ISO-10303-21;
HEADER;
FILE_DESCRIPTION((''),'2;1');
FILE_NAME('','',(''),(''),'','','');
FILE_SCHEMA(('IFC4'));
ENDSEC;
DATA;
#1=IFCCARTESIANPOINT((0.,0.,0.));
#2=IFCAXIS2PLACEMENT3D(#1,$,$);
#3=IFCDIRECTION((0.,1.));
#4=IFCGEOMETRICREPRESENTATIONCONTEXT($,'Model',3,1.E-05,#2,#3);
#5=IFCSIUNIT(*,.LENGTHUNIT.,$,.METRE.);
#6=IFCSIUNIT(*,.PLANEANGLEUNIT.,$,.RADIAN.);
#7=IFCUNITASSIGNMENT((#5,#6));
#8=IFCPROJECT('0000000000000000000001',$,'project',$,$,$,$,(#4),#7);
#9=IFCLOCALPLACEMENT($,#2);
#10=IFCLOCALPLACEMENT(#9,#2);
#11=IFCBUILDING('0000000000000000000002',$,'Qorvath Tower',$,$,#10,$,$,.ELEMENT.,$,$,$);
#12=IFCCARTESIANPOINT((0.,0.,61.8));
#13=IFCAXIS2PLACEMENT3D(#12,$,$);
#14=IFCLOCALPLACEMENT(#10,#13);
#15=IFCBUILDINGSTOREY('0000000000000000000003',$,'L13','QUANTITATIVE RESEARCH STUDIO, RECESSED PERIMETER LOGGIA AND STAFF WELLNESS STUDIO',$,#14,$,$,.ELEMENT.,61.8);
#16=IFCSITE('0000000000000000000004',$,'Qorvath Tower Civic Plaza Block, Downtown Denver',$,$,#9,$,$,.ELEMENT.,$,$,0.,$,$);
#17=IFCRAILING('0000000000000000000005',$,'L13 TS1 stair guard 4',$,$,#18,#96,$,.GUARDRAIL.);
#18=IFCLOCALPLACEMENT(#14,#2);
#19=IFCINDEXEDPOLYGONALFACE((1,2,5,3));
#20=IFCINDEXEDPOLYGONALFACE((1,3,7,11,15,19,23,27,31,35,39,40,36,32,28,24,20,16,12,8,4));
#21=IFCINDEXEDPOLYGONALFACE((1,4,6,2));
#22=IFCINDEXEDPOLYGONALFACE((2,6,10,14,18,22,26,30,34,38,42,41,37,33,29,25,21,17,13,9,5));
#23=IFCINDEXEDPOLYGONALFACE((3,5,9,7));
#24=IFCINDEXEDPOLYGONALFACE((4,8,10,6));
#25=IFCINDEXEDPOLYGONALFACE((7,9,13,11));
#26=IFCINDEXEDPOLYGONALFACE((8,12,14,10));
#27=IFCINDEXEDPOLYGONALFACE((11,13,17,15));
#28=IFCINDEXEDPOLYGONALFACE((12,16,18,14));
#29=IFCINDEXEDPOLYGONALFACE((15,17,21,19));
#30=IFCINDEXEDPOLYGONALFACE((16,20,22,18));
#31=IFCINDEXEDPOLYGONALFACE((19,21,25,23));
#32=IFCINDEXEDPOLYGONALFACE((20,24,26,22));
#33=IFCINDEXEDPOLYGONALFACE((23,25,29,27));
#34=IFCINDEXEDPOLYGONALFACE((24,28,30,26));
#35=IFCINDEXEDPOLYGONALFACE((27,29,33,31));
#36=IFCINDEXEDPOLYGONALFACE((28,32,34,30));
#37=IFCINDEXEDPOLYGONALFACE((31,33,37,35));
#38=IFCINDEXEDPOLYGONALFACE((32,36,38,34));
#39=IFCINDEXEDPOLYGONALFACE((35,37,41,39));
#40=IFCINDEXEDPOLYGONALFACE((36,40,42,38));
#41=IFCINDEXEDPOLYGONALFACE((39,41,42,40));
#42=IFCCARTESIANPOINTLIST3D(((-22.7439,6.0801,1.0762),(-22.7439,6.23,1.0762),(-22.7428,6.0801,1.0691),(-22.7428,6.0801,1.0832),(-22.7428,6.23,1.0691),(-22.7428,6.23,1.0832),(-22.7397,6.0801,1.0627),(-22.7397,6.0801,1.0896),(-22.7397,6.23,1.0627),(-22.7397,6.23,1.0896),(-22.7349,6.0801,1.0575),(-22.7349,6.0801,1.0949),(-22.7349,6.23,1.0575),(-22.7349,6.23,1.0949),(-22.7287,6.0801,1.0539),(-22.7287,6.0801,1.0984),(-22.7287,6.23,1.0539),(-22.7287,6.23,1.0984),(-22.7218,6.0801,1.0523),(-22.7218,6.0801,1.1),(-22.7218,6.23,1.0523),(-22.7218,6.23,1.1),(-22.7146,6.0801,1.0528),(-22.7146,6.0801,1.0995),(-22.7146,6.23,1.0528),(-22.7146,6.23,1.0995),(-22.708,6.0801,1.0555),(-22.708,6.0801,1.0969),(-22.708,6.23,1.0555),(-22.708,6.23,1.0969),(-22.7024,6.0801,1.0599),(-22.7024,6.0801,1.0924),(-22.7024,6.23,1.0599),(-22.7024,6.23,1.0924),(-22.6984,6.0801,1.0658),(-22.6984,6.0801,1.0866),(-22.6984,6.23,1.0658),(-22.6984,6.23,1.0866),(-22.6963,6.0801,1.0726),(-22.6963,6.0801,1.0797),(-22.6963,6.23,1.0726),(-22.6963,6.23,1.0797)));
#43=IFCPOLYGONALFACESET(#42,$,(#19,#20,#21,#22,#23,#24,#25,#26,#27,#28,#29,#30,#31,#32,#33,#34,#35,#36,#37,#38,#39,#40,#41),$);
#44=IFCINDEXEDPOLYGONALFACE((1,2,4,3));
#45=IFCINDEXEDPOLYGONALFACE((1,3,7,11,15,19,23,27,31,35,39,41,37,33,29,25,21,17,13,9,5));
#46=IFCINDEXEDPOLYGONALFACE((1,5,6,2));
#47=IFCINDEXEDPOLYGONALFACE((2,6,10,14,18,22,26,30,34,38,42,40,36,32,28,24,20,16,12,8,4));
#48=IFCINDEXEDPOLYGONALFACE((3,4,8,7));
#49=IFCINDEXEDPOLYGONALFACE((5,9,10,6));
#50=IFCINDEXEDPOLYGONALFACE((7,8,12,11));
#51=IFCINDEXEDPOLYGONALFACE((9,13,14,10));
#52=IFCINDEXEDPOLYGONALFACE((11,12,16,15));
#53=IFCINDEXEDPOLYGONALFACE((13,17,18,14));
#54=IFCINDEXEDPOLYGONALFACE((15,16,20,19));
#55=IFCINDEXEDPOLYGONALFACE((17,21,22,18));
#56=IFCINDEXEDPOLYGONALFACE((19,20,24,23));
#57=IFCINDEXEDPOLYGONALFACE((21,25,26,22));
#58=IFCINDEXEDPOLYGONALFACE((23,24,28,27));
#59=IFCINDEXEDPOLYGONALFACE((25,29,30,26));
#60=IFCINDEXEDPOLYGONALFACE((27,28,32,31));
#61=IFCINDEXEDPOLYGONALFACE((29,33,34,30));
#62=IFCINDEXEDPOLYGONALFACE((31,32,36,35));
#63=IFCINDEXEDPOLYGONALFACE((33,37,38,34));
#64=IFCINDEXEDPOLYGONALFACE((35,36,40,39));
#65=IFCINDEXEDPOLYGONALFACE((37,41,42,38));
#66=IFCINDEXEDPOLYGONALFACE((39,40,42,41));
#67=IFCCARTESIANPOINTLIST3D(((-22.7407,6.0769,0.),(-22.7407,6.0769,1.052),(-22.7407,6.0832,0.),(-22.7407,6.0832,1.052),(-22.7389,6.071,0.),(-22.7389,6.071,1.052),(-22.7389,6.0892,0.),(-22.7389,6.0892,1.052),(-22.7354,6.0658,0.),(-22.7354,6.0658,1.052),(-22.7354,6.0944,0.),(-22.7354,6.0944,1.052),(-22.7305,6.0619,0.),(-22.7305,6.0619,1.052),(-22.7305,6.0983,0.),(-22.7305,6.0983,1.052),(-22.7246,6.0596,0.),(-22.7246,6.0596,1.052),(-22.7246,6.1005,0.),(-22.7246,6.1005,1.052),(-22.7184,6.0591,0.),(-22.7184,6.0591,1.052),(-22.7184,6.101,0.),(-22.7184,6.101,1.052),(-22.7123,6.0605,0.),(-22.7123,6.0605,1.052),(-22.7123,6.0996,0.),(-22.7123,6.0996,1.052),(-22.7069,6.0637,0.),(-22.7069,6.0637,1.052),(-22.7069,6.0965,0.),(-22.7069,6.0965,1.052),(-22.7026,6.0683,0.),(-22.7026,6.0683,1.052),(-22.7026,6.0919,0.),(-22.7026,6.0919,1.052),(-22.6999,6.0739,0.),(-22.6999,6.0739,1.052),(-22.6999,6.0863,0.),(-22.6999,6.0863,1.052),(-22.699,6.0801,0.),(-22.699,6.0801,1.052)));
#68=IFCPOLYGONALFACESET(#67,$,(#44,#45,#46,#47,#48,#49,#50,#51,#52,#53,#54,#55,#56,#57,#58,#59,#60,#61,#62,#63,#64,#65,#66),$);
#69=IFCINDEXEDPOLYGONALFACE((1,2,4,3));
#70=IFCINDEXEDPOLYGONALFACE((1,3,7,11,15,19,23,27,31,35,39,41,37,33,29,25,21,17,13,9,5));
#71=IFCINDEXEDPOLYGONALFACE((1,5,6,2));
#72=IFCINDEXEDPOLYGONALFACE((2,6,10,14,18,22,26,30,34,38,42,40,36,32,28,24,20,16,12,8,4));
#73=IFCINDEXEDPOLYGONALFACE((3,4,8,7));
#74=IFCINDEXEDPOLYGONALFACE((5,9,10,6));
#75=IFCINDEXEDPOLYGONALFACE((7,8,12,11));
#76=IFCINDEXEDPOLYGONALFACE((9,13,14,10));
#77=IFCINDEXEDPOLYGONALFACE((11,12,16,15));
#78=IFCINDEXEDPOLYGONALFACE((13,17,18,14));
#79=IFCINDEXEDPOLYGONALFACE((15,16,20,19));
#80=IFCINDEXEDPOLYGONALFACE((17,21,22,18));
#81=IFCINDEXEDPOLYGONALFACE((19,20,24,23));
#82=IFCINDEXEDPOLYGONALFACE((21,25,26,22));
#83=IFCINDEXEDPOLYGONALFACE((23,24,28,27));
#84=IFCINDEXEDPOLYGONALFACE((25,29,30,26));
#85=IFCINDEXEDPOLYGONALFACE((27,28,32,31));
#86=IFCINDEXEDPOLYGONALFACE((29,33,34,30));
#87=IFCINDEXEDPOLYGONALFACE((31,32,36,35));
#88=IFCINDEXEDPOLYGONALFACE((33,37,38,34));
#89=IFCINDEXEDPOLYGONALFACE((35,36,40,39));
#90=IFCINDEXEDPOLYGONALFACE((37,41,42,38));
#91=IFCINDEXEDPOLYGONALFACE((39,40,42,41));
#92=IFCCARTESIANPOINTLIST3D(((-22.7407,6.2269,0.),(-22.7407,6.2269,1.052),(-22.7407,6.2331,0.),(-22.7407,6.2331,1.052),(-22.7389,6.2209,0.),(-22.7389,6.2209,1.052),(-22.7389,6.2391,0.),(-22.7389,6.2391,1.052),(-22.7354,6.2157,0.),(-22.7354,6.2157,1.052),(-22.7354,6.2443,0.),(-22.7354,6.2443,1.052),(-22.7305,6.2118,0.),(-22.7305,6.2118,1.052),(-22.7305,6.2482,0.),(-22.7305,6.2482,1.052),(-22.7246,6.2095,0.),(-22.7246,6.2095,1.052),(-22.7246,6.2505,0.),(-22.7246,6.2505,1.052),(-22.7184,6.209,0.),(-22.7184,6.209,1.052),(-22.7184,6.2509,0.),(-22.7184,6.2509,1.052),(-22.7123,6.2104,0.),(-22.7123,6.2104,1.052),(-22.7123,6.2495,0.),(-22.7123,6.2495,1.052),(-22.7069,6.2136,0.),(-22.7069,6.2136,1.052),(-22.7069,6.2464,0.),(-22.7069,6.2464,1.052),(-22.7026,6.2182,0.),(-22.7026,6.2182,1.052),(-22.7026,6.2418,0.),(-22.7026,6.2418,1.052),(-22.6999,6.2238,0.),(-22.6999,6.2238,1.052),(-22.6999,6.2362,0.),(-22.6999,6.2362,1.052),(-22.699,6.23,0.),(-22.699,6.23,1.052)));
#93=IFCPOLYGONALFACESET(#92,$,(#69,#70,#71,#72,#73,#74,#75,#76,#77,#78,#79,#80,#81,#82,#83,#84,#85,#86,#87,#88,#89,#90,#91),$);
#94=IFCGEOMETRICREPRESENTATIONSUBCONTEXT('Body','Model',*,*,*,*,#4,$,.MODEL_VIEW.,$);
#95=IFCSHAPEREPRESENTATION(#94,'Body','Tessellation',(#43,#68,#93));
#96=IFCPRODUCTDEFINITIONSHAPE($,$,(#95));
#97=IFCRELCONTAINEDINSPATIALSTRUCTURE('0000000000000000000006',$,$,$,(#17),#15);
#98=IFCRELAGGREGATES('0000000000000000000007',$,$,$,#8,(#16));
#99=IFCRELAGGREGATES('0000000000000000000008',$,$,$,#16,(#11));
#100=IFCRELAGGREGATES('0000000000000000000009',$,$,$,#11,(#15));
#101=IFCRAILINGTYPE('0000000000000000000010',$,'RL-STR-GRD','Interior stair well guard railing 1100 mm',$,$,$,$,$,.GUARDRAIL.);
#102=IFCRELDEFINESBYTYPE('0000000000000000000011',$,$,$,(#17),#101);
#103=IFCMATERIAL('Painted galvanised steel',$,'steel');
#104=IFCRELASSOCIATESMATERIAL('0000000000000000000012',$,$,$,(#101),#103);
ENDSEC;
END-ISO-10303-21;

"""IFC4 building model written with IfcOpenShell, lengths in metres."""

from ifc_helpers import new_model, si_unit, direction, frame, origin, origin_2d, place, context, subcontext, project, spatial, circle, extrude, material, type_object, element, save


model = new_model("IFC4")

# Units and contexts
model_context = context("Model", 3, precision=1e-05, world=origin(), true_north=direction((0.0, 1.0)))
body_context = subcontext(model_context, "Body", "Model", "MODEL_VIEW")
ifc_project = project(units=[si_unit("LENGTHUNIT", "METRE"), si_unit("PLANEANGLEUNIT", "RADIAN")], contexts=[model_context])

# Site, building, storey
site_placement = place(None, origin())
site = spatial("IfcSite", under=ifc_project, at=site_placement, Name="Qorvath Tower Civic Plaza Block, Downtown Denver", CompositionType="ELEMENT", RefElevation=0.0)
building_placement = place(site_placement, origin())
building = spatial("IfcBuilding", under=site, at=building_placement, Name="Qorvath Tower", CompositionType="ELEMENT")
storey_placement = place(building_placement, frame((0.0, 0.0, 61.8)))
storey = spatial("IfcBuildingStorey", under=building, at=storey_placement, Name="L13", Description="QUANTITATIVE RESEARCH STUDIO, RECESSED PERIMETER LOGGIA AND STAFF WELLNESS STUDIO", CompositionType="ELEMENT", Elevation=61.8)

# Railing
ifc_material_1 = material(Name="Painted galvanised steel", Category="steel")
railing_type_1 = type_object("IfcRailingType", Name="RL-STR-GRD", Description="Interior stair well guard railing 1100 mm", PredefinedType="GUARDRAIL", material=ifc_material_1)
railing_1_placement = place(storey_placement, frame((-22.72, 6.0801, 0.0)))
element("IfcRailing", 1, at=railing_1_placement, inside=storey, type_object=railing_type_1, Name="L13 TS1 stair guard 4", PredefinedType="GUARDRAIL", context=body_context, shape_type="SweptSolid", body=[
    extrude(circle(Radius=0.0239, at=origin_2d()), frame((0.0, 0.0, 1.0762), z_axis=(0.0, 1.0, 0.0), x_axis=(-1.0, 0.0, 0.0)), (0.0, 0.0, 1.0), 0.1499),
    extrude(circle(Radius=0.021, at=origin_2d()), origin(), (0.0, 0.0, 1.0), 1.052),
    extrude(circle(Radius=0.021, at=origin_2d()), frame((0.0, 0.1499, 0.0)), (0.0, 0.0, 1.0), 1.052),
])

save(model, "model.ifc")
